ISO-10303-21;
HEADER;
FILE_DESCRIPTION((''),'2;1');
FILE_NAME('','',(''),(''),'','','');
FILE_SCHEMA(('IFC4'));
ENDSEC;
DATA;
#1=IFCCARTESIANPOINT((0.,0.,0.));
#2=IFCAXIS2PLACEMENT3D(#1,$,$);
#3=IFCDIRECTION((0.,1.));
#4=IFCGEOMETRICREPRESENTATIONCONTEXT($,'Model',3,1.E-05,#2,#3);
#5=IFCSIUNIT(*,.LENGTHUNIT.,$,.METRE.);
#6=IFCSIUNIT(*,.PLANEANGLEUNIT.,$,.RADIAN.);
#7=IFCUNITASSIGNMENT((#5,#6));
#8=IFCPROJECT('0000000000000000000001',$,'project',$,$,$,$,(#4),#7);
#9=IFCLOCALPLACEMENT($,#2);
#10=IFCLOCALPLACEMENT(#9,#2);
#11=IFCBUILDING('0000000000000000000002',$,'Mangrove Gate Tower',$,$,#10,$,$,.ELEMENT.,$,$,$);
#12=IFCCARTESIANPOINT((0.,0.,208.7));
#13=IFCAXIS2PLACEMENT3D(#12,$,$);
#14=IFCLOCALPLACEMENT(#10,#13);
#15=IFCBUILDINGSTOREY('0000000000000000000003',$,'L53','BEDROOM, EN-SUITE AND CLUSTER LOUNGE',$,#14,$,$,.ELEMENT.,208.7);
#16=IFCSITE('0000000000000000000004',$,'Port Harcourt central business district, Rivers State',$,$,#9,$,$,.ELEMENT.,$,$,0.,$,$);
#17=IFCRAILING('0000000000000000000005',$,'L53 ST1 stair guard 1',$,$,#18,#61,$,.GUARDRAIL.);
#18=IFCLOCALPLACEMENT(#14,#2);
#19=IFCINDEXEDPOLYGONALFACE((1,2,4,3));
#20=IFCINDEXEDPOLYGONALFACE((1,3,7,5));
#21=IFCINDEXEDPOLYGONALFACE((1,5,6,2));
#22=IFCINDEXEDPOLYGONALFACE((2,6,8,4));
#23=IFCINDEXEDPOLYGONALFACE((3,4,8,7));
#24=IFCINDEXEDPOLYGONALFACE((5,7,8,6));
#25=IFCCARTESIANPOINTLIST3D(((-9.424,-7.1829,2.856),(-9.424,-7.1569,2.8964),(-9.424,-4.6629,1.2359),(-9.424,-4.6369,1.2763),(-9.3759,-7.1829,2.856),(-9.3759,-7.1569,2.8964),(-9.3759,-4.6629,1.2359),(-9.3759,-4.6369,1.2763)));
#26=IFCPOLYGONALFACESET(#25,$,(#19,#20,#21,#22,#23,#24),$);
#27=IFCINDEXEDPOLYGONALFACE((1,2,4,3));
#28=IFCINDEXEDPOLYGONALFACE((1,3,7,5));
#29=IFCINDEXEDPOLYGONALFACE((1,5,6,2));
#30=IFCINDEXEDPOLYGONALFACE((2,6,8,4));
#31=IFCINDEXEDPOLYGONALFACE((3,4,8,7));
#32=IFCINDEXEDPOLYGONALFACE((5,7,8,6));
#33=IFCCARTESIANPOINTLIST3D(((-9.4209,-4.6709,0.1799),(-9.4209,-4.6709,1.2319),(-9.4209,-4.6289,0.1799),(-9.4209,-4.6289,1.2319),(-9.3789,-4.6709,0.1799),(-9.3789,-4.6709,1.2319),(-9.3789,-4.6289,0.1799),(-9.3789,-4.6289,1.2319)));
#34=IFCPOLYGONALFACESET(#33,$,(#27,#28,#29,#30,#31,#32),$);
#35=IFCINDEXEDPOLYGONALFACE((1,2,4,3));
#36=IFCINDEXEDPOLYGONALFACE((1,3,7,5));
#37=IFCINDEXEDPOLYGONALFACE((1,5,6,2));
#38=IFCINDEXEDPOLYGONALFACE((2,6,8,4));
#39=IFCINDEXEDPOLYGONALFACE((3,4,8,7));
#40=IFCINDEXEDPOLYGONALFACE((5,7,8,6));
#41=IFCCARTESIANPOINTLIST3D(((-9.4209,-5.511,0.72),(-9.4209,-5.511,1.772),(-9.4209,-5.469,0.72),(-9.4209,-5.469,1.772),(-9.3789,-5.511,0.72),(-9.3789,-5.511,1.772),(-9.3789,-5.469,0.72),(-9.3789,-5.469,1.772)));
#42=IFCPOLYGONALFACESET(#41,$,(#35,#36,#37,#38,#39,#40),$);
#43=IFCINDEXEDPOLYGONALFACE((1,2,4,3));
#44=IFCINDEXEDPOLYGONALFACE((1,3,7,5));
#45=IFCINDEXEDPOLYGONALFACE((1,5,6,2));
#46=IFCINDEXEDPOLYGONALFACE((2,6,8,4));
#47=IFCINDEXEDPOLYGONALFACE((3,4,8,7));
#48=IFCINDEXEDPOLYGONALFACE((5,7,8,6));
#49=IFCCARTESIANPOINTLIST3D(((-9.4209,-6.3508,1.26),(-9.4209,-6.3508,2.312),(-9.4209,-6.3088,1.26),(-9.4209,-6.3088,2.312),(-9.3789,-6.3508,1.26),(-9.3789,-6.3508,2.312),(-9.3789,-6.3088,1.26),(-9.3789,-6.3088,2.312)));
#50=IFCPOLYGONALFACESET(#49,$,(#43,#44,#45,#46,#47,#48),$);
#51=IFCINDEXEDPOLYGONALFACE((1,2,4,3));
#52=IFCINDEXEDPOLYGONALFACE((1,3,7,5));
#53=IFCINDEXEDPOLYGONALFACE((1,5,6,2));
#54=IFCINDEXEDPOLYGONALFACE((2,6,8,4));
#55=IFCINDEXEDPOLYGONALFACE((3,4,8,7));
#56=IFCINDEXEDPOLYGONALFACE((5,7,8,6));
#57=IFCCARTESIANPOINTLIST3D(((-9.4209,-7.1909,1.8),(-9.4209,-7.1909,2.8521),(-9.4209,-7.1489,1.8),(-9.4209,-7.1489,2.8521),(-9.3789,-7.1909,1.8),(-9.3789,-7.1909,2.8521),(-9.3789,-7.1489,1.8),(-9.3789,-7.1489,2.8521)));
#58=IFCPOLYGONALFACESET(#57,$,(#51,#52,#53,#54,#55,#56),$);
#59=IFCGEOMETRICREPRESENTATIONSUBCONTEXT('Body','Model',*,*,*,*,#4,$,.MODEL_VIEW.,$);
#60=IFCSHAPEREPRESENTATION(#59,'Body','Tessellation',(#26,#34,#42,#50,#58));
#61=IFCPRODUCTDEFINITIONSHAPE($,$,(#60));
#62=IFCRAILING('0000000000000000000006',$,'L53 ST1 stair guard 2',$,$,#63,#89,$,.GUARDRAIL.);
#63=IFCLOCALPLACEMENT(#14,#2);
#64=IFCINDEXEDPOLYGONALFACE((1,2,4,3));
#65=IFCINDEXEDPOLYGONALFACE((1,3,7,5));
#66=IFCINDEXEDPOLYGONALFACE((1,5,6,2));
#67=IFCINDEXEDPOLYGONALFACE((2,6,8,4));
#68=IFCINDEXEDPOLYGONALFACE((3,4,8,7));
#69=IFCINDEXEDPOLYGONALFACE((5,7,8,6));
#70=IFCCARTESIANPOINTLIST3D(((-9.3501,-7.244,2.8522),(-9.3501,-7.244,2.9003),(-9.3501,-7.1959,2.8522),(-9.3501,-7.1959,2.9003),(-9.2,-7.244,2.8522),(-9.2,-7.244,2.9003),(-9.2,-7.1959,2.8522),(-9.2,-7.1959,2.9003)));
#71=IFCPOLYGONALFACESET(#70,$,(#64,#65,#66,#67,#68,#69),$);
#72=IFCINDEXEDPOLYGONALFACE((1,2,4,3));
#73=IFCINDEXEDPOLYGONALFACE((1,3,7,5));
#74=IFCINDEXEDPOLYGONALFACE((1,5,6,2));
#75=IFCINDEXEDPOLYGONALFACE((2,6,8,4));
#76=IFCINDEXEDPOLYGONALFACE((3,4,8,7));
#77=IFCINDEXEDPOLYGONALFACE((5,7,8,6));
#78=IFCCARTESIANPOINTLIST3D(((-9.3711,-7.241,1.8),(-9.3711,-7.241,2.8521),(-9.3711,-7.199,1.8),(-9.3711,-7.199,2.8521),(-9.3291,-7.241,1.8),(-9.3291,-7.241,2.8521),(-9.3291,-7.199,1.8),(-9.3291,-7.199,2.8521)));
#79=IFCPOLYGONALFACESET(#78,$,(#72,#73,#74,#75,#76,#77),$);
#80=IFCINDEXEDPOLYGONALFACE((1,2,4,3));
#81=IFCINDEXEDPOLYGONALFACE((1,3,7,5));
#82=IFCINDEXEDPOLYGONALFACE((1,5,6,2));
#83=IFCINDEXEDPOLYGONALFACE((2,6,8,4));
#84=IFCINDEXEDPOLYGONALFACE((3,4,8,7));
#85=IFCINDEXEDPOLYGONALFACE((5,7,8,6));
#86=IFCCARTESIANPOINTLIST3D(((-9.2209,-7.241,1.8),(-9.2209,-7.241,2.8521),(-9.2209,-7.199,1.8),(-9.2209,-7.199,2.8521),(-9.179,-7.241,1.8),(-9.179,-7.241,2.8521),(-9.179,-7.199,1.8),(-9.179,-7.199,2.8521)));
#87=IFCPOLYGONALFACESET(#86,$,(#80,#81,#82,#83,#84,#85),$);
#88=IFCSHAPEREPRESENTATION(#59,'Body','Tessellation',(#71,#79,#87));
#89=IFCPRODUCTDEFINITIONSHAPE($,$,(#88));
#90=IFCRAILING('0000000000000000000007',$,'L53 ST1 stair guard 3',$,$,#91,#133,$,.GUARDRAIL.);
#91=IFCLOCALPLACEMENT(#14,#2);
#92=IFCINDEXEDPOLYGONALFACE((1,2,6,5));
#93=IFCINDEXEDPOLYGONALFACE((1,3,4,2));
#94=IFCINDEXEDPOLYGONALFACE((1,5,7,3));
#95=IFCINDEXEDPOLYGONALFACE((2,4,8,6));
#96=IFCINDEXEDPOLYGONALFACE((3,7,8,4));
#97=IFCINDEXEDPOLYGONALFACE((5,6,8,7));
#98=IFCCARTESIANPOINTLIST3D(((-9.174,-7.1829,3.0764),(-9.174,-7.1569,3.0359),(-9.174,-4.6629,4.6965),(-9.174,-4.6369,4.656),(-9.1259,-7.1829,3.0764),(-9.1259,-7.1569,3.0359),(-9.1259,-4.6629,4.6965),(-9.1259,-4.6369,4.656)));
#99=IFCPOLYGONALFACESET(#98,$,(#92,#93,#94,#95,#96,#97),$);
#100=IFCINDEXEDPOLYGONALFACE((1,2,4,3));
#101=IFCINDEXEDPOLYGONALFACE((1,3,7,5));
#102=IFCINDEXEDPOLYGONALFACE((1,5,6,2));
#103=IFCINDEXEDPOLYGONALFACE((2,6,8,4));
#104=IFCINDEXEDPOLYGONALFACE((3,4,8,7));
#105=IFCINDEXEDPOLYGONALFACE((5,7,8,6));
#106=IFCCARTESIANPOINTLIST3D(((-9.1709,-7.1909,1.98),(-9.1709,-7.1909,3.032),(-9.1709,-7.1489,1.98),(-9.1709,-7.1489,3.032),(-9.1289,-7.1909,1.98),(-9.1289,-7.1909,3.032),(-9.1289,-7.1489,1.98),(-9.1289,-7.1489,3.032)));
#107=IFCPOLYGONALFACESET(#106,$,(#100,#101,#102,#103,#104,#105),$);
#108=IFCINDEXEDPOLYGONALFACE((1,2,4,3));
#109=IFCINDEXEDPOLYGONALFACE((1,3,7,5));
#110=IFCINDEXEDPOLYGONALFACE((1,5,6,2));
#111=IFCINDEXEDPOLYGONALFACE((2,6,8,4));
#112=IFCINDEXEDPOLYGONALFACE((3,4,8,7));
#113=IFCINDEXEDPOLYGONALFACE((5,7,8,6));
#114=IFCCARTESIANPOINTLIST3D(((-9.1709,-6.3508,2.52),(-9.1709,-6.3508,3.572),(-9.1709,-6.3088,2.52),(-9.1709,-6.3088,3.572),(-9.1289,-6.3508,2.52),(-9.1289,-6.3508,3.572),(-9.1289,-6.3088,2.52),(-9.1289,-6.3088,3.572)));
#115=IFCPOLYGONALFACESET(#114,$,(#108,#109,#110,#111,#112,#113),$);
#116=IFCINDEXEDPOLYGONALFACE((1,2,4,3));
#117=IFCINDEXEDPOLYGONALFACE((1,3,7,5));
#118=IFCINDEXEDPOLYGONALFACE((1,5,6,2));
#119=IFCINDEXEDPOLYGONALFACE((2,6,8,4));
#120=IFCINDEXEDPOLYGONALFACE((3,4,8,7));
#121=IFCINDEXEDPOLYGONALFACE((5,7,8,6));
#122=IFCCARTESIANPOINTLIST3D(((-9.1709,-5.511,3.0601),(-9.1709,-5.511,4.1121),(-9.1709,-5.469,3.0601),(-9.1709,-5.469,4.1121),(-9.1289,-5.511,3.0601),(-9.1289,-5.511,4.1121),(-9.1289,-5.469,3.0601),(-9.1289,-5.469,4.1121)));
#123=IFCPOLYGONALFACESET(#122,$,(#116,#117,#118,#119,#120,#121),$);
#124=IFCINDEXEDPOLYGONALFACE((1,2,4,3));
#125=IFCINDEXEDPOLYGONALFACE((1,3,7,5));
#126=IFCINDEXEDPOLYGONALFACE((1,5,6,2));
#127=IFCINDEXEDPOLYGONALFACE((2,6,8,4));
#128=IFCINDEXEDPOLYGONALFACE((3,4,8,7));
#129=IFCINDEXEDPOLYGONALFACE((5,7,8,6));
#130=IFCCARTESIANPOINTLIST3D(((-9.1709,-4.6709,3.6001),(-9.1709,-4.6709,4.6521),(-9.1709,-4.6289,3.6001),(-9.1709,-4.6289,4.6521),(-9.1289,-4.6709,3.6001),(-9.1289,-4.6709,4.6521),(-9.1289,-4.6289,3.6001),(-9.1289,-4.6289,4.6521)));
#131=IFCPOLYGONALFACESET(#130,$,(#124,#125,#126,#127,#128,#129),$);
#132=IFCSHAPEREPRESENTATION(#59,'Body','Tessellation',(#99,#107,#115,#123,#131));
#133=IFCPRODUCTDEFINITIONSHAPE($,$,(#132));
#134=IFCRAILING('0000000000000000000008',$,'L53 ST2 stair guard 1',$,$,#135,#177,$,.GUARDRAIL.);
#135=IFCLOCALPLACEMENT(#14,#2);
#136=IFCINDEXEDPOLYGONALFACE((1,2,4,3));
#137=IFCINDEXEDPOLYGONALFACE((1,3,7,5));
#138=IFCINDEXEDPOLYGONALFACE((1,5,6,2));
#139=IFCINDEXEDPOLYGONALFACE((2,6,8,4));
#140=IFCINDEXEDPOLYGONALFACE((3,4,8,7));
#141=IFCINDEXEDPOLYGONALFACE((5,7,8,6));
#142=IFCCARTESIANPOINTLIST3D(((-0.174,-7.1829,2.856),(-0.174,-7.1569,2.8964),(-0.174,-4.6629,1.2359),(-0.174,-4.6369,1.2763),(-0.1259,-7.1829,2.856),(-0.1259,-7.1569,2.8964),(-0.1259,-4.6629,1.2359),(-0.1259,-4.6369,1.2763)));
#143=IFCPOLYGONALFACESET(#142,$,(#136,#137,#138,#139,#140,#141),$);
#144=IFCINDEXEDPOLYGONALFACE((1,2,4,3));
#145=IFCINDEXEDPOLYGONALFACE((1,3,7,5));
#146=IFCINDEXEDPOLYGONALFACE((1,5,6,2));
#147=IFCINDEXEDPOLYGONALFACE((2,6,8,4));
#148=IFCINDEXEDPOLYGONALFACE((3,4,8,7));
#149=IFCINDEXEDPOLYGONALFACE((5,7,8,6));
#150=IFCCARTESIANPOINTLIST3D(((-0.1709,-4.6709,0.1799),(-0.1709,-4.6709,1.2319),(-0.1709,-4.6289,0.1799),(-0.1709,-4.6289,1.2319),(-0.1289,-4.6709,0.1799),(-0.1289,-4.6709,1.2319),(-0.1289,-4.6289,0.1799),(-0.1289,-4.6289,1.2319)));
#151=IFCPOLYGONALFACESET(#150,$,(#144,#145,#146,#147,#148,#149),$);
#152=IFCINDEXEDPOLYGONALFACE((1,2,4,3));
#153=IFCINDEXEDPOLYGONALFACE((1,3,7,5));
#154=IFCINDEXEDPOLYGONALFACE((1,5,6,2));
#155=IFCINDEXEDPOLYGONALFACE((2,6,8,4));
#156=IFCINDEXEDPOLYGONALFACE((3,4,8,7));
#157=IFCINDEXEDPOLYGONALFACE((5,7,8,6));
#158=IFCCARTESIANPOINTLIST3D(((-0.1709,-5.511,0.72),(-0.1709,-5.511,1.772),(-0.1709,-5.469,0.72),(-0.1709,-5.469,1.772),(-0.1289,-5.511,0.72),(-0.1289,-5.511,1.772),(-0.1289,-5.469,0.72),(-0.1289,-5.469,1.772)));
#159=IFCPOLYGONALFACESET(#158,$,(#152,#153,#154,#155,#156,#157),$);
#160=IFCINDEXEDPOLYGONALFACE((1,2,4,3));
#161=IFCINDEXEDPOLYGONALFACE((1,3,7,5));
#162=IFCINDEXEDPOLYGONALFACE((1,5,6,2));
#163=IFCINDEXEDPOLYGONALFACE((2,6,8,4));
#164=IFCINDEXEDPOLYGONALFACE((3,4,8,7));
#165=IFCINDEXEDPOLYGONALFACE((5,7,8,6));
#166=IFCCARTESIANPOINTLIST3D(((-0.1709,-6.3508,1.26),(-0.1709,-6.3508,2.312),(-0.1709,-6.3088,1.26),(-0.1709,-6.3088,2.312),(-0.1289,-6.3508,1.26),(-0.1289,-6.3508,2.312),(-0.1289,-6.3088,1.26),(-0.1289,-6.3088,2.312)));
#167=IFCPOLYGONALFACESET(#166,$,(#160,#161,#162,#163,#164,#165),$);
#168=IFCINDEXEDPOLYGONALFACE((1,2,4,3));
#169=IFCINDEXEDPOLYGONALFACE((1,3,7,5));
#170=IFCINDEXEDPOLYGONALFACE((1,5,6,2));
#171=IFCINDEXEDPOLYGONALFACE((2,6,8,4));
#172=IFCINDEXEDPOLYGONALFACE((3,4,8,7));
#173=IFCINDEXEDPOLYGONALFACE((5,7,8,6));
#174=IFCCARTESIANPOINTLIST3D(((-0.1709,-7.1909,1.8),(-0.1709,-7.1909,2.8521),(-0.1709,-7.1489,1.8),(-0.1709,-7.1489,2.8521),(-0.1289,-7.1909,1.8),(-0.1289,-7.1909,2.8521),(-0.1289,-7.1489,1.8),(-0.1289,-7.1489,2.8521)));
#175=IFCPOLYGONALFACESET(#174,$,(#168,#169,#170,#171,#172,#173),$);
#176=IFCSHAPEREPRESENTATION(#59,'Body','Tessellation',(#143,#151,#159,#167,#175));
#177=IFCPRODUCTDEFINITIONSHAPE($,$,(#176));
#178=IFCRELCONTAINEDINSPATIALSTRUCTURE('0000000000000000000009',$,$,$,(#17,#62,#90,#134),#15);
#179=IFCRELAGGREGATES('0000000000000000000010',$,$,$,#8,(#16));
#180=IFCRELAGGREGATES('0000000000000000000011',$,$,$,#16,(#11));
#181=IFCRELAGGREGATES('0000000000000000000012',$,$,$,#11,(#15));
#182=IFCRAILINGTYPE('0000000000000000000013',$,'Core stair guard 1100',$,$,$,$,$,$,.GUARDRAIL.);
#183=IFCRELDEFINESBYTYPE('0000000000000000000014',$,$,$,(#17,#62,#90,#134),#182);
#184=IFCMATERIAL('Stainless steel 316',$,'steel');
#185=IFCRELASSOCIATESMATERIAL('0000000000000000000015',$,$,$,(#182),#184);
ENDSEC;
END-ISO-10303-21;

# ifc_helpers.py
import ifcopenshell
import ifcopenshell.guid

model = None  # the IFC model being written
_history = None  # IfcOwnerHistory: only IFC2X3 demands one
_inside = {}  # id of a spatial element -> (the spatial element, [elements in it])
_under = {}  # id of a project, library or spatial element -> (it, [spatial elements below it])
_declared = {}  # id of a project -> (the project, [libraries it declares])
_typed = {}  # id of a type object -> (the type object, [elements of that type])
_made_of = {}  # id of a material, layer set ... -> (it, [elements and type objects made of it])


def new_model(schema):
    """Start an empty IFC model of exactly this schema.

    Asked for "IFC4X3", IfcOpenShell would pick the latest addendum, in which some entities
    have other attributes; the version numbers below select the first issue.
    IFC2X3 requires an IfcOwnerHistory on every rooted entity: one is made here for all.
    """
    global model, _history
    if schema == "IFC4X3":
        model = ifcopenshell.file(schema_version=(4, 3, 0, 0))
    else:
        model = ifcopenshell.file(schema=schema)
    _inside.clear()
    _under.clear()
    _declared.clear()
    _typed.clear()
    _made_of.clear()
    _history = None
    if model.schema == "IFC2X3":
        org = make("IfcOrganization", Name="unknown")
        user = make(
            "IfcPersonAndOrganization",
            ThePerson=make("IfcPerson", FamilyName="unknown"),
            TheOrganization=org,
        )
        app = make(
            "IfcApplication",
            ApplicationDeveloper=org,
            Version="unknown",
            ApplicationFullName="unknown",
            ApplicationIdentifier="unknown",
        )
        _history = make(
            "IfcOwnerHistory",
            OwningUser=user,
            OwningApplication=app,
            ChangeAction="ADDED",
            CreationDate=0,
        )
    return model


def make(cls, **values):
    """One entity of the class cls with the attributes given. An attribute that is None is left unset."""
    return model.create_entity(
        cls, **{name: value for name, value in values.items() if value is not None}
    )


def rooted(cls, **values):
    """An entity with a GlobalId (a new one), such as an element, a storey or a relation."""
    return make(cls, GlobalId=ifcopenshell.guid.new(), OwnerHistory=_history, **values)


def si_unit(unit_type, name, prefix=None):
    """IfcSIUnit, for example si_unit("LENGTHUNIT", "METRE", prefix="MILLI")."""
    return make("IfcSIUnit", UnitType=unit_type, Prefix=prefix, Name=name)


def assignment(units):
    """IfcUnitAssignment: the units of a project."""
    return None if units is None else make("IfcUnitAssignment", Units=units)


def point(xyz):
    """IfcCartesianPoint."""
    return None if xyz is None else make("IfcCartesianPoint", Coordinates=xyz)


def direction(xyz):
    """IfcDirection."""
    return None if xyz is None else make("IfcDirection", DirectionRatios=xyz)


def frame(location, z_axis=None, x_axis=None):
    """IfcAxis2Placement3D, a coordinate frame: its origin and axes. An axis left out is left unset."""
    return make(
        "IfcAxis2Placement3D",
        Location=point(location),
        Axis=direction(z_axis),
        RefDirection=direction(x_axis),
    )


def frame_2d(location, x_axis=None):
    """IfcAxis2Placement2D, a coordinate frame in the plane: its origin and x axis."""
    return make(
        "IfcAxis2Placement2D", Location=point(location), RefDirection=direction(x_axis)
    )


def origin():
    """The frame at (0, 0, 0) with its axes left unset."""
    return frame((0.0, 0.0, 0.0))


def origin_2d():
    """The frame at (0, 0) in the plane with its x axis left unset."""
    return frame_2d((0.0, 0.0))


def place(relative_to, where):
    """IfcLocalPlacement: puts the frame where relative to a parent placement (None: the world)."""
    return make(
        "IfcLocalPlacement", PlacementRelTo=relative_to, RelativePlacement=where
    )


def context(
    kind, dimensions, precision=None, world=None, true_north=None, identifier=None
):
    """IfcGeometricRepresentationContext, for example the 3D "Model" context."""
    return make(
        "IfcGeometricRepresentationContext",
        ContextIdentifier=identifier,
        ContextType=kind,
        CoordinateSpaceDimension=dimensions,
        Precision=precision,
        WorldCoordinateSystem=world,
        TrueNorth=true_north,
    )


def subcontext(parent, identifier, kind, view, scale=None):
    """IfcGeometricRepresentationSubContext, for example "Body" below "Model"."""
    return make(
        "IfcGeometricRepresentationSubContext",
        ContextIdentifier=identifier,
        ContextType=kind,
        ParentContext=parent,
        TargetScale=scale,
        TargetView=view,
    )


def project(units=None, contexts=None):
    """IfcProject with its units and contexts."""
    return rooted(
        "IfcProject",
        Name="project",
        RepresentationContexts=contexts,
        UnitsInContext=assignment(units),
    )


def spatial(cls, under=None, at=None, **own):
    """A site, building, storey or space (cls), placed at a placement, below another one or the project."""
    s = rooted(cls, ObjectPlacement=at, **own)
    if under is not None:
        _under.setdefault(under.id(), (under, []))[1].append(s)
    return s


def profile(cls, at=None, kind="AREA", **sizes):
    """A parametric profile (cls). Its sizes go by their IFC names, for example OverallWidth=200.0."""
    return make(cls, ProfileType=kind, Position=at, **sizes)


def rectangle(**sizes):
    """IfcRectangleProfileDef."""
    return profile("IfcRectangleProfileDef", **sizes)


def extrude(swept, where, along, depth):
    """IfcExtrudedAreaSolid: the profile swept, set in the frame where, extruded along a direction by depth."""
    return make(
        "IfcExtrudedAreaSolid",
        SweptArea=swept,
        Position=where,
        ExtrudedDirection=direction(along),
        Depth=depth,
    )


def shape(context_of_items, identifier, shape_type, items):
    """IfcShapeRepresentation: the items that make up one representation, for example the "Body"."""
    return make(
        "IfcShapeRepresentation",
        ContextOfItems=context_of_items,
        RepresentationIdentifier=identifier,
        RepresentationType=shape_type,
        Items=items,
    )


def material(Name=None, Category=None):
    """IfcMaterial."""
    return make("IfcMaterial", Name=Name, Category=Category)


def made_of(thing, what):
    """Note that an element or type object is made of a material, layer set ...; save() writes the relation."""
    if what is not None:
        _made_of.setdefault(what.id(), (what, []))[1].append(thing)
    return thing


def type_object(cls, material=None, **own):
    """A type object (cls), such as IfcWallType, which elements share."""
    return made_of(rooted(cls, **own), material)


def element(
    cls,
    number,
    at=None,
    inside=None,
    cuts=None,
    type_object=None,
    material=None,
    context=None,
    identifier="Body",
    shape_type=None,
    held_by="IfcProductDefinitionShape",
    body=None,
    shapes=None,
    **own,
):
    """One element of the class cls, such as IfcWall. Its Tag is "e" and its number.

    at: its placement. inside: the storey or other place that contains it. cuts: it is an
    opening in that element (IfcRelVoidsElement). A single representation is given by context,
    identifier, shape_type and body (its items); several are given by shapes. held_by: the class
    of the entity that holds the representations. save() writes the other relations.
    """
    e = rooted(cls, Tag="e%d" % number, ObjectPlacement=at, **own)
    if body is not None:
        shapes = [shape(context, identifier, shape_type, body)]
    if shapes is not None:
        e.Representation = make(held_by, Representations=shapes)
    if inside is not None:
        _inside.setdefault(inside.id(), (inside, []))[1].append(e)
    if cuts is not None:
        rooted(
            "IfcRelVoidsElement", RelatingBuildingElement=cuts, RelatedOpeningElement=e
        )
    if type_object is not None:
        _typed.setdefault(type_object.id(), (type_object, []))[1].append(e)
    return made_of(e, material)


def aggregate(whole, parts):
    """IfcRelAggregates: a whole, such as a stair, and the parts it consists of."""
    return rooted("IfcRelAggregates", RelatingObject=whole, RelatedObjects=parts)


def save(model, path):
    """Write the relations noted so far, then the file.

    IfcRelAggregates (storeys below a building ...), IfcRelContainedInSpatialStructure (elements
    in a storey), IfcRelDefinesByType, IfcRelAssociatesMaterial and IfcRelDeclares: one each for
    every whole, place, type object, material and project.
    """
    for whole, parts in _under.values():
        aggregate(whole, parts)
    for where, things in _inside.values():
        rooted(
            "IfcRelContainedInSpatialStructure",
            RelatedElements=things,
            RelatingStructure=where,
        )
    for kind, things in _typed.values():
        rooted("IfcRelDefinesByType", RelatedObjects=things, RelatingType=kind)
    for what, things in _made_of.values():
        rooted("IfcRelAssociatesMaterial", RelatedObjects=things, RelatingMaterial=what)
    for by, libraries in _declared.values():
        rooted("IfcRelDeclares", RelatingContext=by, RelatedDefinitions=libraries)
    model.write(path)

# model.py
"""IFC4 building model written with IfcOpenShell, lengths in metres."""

from ifc_helpers import new_model, si_unit, direction, frame, origin, origin_2d, place, context, subcontext, project, spatial, rectangle, extrude, material, type_object, element, save


model = new_model("IFC4")

# Units and contexts
model_context = context("Model", 3, precision=1e-05, world=origin(), true_north=direction((0.0, 1.0)))
body_context = subcontext(model_context, "Body", "Model", "MODEL_VIEW")
ifc_project = project(units=[si_unit("LENGTHUNIT", "METRE"), si_unit("PLANEANGLEUNIT", "RADIAN")], contexts=[model_context])

# Site, building, storey
site_placement = place(None, origin())
site = spatial("IfcSite", under=ifc_project, at=site_placement, Name="Port Harcourt central business district, Rivers State", CompositionType="ELEMENT", RefElevation=0.0)
building_placement = place(site_placement, origin())
building = spatial("IfcBuilding", under=site, at=building_placement, Name="Mangrove Gate Tower", CompositionType="ELEMENT")
storey_placement = place(building_placement, frame((0.0, 0.0, 208.7)))
storey = spatial("IfcBuildingStorey", under=building, at=storey_placement, Name="L53", Description="BEDROOM, EN-SUITE AND CLUSTER LOUNGE", CompositionType="ELEMENT", Elevation=208.7)

# Railings
ifc_material_1 = material(Name="Stainless steel 316", Category="steel")
railing_type_1 = type_object("IfcRailingType", Name="Core stair guard 1100", PredefinedType="GUARDRAIL", material=ifc_material_1)
railing_1_placement = place(storey_placement, frame((-9.3999, -4.6499, 0.1799)))
element("IfcRailing", 1, at=railing_1_placement, inside=storey, type_object=railing_type_1, Name="L53 ST1 stair guard 1", PredefinedType="GUARDRAIL", context=body_context, shape_type="SweptSolid", body=[
    extrude(rectangle(XDim=0.0481, YDim=0.0481, at=origin_2d()), frame((0.0, 0.0, 1.0762), z_axis=(0.0, -0.841163, 0.540782), x_axis=(1.0, 0.0, 0.0)), (0.0, 0.0, 1.0), 2.9958),
    extrude(rectangle(XDim=0.042, YDim=0.042, at=origin_2d()), origin(), (0.0, 0.0, 1.0), 1.052),
    extrude(rectangle(XDim=0.042, YDim=0.042, at=origin_2d()), frame((0.0, -0.8401, 0.54)), (0.0, 0.0, 1.0), 1.052),
    extrude(rectangle(XDim=0.042, YDim=0.042, at=origin_2d()), frame((0.0, -1.6799, 1.0801)), (0.0, 0.0, 1.0), 1.052),
    extrude(rectangle(XDim=0.042, YDim=0.042, at=origin_2d()), frame((0.0, -2.52, 1.6201)), (0.0, 0.0, 1.0), 1.052),
])
railing_2_placement = place(storey_placement, frame((-9.3501, -7.22, 1.8)))
element("IfcRailing", 2, at=railing_2_placement, inside=storey, type_object=railing_type_1, Name="L53 ST1 stair guard 2", PredefinedType="GUARDRAIL", context=body_context, shape_type="SweptSolid", body=[
    extrude(rectangle(XDim=0.0481, YDim=0.0481, at=origin_2d()), frame((0.0, 0.0, 1.0762), z_axis=(1.0, 0.0, 0.0), x_axis=(0.0, 1.0, 0.0)), (0.0, 0.0, 1.0), 0.1501),
    extrude(rectangle(XDim=0.042, YDim=0.042, at=origin_2d()), origin(), (0.0, 0.0, 1.0), 1.052),
    extrude(rectangle(XDim=0.042, YDim=0.042, at=origin_2d()), frame((0.1501, 0.0, 0.0)), (0.0, 0.0, 1.0), 1.052),
])
railing_3_placement = place(storey_placement, frame((-9.1499, -7.1699, 1.98)))
element("IfcRailing", 3, at=railing_3_placement, inside=storey, type_object=railing_type_1, Name="L53 ST1 stair guard 3", PredefinedType="GUARDRAIL", context=body_context, shape_type="SweptSolid", body=[
    extrude(rectangle(XDim=0.0481, YDim=0.0481, at=origin_2d()), frame((0.0, 0.0, 1.0762), z_axis=(0.0, 0.841163, 0.540782), x_axis=(-1.0, 0.0, 0.0)), (0.0, 0.0, 1.0), 2.9958),
    extrude(rectangle(XDim=0.042, YDim=0.042, at=origin_2d()), origin(), (0.0, 0.0, 1.0), 1.052),
    extrude(rectangle(XDim=0.042, YDim=0.042, at=origin_2d()), frame((0.0, 0.8401, 0.54)), (0.0, 0.0, 1.0), 1.052),
    extrude(rectangle(XDim=0.042, YDim=0.042, at=origin_2d()), frame((0.0, 1.6799, 1.0801)), (0.0, 0.0, 1.0), 1.052),
    extrude(rectangle(XDim=0.042, YDim=0.042, at=origin_2d()), frame((0.0, 2.52, 1.6201)), (0.0, 0.0, 1.0), 1.052),
])
railing_4_placement = place(storey_placement, frame((-0.1499, -4.6499, 0.1799)))
element("IfcRailing", 4, at=railing_4_placement, inside=storey, type_object=railing_type_1, Name="L53 ST2 stair guard 1", PredefinedType="GUARDRAIL", context=body_context, shape_type="SweptSolid", body=[
    extrude(rectangle(XDim=0.0481, YDim=0.0481, at=origin_2d()), frame((0.0, 0.0, 1.0762), z_axis=(0.0, -0.841163, 0.540782), x_axis=(1.0, 0.0, 0.0)), (0.0, 0.0, 1.0), 2.9958),
    extrude(rectangle(XDim=0.042, YDim=0.042, at=origin_2d()), origin(), (0.0, 0.0, 1.0), 1.052),
    extrude(rectangle(XDim=0.042, YDim=0.042, at=origin_2d()), frame((0.0, -0.8401, 0.54)), (0.0, 0.0, 1.0), 1.052),
    extrude(rectangle(XDim=0.042, YDim=0.042, at=origin_2d()), frame((0.0, -1.6799, 1.0801)), (0.0, 0.0, 1.0), 1.052),
    extrude(rectangle(XDim=0.042, YDim=0.042, at=origin_2d()), frame((0.0, -2.52, 1.6201)), (0.0, 0.0, 1.0), 1.052),
])

save(model, "model.ifc")
